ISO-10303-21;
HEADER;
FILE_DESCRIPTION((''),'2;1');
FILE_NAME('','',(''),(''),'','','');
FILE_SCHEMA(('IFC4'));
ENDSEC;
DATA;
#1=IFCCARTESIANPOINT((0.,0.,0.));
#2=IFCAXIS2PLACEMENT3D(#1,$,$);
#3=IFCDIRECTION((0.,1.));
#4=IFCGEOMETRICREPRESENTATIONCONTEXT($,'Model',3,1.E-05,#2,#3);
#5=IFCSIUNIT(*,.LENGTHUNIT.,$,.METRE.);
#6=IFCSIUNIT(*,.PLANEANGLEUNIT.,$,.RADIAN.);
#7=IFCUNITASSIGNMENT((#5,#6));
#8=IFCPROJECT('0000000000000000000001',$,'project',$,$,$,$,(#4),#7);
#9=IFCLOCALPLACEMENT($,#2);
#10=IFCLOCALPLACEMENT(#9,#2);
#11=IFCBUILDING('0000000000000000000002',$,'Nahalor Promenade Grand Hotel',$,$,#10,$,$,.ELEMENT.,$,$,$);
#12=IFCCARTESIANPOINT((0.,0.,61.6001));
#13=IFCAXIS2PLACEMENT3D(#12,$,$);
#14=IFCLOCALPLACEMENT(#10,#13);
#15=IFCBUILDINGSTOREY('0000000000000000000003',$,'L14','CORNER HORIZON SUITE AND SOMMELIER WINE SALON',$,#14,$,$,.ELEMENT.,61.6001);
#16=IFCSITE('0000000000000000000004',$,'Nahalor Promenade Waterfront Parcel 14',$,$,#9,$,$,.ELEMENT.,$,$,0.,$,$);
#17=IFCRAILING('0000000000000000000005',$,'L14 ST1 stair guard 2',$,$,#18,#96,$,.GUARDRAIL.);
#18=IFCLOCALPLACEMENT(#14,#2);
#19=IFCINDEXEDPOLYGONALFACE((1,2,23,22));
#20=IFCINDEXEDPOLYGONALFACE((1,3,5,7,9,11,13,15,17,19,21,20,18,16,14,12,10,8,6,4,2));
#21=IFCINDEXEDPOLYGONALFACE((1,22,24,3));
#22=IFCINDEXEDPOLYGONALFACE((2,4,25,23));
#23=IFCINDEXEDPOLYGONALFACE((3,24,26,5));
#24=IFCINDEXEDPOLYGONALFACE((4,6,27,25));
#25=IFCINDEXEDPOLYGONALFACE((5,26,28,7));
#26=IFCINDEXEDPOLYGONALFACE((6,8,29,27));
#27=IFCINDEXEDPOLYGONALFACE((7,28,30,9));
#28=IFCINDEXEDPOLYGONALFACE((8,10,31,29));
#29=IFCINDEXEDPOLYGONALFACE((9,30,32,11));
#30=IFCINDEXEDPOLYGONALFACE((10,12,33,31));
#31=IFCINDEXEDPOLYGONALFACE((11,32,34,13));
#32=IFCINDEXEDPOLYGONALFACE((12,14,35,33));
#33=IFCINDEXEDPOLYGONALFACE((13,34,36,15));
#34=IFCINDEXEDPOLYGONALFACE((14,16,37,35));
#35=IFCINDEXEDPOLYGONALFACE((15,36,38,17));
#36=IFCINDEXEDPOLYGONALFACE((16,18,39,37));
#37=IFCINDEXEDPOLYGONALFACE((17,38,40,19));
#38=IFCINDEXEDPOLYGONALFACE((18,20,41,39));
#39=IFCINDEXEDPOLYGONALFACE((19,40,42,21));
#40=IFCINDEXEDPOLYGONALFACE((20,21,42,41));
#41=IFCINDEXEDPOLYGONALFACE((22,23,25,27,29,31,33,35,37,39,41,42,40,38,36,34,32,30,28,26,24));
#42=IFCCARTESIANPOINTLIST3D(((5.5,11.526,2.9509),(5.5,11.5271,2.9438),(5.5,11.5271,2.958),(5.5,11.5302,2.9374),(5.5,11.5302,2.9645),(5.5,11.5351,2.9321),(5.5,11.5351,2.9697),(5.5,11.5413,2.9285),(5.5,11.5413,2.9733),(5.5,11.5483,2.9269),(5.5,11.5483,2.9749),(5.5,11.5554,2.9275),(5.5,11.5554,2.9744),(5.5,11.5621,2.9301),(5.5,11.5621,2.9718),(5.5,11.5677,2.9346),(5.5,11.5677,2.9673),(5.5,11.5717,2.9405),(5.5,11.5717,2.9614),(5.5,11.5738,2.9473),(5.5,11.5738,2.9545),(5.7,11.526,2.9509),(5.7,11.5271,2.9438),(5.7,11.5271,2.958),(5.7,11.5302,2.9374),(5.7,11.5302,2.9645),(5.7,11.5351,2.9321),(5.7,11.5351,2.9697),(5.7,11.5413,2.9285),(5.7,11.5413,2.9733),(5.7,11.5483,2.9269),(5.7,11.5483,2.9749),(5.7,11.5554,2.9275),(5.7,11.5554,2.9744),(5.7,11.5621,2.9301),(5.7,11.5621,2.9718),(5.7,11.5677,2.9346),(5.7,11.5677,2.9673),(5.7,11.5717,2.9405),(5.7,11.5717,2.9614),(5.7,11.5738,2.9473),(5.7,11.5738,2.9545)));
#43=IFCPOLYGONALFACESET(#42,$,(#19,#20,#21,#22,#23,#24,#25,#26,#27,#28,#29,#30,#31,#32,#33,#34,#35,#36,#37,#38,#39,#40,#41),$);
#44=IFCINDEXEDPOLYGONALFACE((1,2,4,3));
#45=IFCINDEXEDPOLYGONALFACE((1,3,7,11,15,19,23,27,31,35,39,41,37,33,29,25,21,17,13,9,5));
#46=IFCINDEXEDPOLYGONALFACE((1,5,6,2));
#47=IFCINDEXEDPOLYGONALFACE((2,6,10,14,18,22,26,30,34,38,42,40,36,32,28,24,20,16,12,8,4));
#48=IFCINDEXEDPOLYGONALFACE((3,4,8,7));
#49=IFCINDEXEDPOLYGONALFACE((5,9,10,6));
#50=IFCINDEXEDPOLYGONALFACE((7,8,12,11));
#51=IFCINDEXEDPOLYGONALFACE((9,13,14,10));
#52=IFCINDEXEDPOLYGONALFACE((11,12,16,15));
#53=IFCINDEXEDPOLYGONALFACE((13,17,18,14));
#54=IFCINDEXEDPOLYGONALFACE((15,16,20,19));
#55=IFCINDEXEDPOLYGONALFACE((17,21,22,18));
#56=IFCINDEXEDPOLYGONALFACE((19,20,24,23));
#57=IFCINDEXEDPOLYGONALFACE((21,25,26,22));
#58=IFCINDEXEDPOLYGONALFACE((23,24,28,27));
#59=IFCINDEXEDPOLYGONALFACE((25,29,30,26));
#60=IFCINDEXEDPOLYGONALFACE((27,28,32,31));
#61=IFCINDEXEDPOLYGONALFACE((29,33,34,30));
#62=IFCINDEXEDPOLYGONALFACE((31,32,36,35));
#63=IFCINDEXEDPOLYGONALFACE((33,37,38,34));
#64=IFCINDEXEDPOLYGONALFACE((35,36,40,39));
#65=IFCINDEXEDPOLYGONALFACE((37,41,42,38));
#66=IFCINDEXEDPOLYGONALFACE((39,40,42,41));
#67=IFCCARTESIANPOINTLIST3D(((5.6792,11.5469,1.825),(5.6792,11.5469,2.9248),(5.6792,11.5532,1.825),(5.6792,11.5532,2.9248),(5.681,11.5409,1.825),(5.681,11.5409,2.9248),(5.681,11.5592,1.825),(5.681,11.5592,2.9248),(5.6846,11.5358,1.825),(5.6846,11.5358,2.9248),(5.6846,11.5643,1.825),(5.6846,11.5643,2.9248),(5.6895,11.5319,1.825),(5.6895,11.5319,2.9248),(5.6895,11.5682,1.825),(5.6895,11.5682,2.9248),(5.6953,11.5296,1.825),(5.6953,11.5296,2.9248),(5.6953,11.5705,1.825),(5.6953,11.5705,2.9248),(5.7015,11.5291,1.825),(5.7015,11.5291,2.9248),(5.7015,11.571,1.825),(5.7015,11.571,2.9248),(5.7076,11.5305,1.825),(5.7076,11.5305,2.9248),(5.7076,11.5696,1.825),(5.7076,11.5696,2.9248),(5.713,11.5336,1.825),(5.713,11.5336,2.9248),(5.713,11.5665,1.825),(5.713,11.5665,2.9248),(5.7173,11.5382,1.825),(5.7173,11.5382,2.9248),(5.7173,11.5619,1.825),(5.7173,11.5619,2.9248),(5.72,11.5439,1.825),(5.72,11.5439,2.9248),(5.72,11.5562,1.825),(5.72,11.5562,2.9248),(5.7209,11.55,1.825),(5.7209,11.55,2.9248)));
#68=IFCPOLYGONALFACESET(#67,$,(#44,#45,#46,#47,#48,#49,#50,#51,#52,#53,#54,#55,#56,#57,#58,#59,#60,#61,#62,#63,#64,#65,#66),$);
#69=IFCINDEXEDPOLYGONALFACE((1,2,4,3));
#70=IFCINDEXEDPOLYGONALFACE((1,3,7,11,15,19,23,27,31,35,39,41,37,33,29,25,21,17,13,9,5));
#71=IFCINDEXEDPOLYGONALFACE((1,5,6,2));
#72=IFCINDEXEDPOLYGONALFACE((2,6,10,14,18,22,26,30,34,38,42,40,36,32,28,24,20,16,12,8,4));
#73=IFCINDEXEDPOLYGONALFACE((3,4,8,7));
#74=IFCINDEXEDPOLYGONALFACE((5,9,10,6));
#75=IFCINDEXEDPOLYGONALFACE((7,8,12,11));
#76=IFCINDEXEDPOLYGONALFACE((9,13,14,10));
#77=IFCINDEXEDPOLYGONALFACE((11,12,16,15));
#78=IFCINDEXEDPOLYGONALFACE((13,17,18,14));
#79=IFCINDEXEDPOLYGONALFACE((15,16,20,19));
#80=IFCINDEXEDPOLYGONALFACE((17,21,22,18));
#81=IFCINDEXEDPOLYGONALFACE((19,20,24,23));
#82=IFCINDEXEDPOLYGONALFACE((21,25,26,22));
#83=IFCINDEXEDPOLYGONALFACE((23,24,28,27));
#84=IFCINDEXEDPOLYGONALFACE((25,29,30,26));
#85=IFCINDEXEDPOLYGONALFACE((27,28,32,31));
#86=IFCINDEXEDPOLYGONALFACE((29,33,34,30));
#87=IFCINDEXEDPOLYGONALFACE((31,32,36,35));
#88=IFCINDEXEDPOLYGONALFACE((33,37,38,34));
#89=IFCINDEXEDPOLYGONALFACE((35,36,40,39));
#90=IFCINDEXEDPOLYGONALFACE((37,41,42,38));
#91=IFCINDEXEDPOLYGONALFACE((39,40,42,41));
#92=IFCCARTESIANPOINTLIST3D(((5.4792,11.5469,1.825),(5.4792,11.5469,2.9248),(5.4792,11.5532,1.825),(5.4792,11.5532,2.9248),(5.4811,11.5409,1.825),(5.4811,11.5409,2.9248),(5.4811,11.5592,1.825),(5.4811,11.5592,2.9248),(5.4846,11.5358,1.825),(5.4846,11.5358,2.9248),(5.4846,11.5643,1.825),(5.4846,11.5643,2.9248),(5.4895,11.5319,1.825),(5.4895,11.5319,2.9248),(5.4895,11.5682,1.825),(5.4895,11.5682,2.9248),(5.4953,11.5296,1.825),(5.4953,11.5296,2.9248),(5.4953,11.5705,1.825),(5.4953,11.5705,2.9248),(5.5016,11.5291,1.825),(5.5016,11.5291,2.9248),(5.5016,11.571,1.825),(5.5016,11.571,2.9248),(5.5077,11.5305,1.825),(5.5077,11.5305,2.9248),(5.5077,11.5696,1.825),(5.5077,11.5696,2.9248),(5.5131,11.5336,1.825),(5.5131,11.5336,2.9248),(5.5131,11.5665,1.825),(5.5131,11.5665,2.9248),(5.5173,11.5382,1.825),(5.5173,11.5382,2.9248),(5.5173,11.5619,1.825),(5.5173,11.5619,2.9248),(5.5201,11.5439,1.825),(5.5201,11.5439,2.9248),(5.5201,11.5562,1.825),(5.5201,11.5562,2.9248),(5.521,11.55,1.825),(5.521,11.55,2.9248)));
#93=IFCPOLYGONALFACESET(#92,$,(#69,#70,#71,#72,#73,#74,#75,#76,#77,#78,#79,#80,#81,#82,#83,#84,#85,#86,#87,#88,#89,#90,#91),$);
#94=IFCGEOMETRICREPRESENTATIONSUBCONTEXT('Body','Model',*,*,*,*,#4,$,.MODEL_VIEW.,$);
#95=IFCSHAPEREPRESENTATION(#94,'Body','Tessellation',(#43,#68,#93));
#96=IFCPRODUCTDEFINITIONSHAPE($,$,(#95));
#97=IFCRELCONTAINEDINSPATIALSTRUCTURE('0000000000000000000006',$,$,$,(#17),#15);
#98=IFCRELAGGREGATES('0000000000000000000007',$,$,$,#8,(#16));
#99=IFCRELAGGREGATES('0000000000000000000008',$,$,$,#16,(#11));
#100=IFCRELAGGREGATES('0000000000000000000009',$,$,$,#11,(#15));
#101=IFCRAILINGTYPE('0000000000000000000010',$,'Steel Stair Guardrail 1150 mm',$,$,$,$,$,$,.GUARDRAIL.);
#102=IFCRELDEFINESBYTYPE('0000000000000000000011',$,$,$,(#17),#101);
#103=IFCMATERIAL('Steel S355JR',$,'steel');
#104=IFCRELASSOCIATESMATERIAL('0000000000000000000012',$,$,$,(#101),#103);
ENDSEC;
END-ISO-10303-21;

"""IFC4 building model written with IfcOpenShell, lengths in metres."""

from ifc_helpers import new_model, si_unit, direction, frame, origin, origin_2d, place, context, subcontext, project, spatial, circle, extrude, material, type_object, element, save


model = new_model("IFC4")

# Units and contexts
model_context = context("Model", 3, precision=1e-05, world=origin(), true_north=direction((0.0, 1.0)))
body_context = subcontext(model_context, "Body", "Model", "MODEL_VIEW")
ifc_project = project(units=[si_unit("LENGTHUNIT", "METRE"), si_unit("PLANEANGLEUNIT", "RADIAN")], contexts=[model_context])

# Site, building, storey
site_placement = place(None, origin())
site = spatial("IfcSite", under=ifc_project, at=site_placement, Name="Nahalor Promenade Waterfront Parcel 14", CompositionType="ELEMENT", RefElevation=0.0)
building_placement = place(site_placement, origin())
building = spatial("IfcBuilding", under=site, at=building_placement, Name="Nahalor Promenade Grand Hotel", CompositionType="ELEMENT")
storey_placement = place(building_placement, frame((0.0, 0.0, 61.6001)))
storey = spatial("IfcBuildingStorey", under=building, at=storey_placement, Name="L14", Description="CORNER HORIZON SUITE AND SOMMELIER WINE SALON", CompositionType="ELEMENT", Elevation=61.6001)

# Shared definitions
ifc_material_1 = material(Name="Steel S355JR", Category="steel")

# Railing
railing_type_1 = type_object("IfcRailingType", Name="Steel Stair Guardrail 1150 mm", PredefinedType="GUARDRAIL", material=ifc_material_1)
railing_1_placement = place(storey_placement, frame((5.7, 11.55, 1.825)))
element("IfcRailing", 1, at=railing_1_placement, inside=storey, type_object=railing_type_1, Name="L14 ST1 stair guard 2", PredefinedType="GUARDRAIL", context=body_context, shape_type="SweptSolid", body=[
    extrude(circle(Radius=0.024, at=origin_2d()), frame((0.0, 0.0, 1.126), z_axis=(-1.0, 0.0, 0.0), x_axis=(0.0, -1.0, 0.0)), (0.0, 0.0, 1.0), 0.2),
    extrude(circle(Radius=0.021, at=origin_2d()), origin(), (0.0, 0.0, 1.0), 1.0999),
    extrude(circle(Radius=0.021, at=origin_2d()), frame((-0.2, 0.0, 0.0)), (0.0, 0.0, 1.0), 1.0999),
])

save(model, "model.ifc")
